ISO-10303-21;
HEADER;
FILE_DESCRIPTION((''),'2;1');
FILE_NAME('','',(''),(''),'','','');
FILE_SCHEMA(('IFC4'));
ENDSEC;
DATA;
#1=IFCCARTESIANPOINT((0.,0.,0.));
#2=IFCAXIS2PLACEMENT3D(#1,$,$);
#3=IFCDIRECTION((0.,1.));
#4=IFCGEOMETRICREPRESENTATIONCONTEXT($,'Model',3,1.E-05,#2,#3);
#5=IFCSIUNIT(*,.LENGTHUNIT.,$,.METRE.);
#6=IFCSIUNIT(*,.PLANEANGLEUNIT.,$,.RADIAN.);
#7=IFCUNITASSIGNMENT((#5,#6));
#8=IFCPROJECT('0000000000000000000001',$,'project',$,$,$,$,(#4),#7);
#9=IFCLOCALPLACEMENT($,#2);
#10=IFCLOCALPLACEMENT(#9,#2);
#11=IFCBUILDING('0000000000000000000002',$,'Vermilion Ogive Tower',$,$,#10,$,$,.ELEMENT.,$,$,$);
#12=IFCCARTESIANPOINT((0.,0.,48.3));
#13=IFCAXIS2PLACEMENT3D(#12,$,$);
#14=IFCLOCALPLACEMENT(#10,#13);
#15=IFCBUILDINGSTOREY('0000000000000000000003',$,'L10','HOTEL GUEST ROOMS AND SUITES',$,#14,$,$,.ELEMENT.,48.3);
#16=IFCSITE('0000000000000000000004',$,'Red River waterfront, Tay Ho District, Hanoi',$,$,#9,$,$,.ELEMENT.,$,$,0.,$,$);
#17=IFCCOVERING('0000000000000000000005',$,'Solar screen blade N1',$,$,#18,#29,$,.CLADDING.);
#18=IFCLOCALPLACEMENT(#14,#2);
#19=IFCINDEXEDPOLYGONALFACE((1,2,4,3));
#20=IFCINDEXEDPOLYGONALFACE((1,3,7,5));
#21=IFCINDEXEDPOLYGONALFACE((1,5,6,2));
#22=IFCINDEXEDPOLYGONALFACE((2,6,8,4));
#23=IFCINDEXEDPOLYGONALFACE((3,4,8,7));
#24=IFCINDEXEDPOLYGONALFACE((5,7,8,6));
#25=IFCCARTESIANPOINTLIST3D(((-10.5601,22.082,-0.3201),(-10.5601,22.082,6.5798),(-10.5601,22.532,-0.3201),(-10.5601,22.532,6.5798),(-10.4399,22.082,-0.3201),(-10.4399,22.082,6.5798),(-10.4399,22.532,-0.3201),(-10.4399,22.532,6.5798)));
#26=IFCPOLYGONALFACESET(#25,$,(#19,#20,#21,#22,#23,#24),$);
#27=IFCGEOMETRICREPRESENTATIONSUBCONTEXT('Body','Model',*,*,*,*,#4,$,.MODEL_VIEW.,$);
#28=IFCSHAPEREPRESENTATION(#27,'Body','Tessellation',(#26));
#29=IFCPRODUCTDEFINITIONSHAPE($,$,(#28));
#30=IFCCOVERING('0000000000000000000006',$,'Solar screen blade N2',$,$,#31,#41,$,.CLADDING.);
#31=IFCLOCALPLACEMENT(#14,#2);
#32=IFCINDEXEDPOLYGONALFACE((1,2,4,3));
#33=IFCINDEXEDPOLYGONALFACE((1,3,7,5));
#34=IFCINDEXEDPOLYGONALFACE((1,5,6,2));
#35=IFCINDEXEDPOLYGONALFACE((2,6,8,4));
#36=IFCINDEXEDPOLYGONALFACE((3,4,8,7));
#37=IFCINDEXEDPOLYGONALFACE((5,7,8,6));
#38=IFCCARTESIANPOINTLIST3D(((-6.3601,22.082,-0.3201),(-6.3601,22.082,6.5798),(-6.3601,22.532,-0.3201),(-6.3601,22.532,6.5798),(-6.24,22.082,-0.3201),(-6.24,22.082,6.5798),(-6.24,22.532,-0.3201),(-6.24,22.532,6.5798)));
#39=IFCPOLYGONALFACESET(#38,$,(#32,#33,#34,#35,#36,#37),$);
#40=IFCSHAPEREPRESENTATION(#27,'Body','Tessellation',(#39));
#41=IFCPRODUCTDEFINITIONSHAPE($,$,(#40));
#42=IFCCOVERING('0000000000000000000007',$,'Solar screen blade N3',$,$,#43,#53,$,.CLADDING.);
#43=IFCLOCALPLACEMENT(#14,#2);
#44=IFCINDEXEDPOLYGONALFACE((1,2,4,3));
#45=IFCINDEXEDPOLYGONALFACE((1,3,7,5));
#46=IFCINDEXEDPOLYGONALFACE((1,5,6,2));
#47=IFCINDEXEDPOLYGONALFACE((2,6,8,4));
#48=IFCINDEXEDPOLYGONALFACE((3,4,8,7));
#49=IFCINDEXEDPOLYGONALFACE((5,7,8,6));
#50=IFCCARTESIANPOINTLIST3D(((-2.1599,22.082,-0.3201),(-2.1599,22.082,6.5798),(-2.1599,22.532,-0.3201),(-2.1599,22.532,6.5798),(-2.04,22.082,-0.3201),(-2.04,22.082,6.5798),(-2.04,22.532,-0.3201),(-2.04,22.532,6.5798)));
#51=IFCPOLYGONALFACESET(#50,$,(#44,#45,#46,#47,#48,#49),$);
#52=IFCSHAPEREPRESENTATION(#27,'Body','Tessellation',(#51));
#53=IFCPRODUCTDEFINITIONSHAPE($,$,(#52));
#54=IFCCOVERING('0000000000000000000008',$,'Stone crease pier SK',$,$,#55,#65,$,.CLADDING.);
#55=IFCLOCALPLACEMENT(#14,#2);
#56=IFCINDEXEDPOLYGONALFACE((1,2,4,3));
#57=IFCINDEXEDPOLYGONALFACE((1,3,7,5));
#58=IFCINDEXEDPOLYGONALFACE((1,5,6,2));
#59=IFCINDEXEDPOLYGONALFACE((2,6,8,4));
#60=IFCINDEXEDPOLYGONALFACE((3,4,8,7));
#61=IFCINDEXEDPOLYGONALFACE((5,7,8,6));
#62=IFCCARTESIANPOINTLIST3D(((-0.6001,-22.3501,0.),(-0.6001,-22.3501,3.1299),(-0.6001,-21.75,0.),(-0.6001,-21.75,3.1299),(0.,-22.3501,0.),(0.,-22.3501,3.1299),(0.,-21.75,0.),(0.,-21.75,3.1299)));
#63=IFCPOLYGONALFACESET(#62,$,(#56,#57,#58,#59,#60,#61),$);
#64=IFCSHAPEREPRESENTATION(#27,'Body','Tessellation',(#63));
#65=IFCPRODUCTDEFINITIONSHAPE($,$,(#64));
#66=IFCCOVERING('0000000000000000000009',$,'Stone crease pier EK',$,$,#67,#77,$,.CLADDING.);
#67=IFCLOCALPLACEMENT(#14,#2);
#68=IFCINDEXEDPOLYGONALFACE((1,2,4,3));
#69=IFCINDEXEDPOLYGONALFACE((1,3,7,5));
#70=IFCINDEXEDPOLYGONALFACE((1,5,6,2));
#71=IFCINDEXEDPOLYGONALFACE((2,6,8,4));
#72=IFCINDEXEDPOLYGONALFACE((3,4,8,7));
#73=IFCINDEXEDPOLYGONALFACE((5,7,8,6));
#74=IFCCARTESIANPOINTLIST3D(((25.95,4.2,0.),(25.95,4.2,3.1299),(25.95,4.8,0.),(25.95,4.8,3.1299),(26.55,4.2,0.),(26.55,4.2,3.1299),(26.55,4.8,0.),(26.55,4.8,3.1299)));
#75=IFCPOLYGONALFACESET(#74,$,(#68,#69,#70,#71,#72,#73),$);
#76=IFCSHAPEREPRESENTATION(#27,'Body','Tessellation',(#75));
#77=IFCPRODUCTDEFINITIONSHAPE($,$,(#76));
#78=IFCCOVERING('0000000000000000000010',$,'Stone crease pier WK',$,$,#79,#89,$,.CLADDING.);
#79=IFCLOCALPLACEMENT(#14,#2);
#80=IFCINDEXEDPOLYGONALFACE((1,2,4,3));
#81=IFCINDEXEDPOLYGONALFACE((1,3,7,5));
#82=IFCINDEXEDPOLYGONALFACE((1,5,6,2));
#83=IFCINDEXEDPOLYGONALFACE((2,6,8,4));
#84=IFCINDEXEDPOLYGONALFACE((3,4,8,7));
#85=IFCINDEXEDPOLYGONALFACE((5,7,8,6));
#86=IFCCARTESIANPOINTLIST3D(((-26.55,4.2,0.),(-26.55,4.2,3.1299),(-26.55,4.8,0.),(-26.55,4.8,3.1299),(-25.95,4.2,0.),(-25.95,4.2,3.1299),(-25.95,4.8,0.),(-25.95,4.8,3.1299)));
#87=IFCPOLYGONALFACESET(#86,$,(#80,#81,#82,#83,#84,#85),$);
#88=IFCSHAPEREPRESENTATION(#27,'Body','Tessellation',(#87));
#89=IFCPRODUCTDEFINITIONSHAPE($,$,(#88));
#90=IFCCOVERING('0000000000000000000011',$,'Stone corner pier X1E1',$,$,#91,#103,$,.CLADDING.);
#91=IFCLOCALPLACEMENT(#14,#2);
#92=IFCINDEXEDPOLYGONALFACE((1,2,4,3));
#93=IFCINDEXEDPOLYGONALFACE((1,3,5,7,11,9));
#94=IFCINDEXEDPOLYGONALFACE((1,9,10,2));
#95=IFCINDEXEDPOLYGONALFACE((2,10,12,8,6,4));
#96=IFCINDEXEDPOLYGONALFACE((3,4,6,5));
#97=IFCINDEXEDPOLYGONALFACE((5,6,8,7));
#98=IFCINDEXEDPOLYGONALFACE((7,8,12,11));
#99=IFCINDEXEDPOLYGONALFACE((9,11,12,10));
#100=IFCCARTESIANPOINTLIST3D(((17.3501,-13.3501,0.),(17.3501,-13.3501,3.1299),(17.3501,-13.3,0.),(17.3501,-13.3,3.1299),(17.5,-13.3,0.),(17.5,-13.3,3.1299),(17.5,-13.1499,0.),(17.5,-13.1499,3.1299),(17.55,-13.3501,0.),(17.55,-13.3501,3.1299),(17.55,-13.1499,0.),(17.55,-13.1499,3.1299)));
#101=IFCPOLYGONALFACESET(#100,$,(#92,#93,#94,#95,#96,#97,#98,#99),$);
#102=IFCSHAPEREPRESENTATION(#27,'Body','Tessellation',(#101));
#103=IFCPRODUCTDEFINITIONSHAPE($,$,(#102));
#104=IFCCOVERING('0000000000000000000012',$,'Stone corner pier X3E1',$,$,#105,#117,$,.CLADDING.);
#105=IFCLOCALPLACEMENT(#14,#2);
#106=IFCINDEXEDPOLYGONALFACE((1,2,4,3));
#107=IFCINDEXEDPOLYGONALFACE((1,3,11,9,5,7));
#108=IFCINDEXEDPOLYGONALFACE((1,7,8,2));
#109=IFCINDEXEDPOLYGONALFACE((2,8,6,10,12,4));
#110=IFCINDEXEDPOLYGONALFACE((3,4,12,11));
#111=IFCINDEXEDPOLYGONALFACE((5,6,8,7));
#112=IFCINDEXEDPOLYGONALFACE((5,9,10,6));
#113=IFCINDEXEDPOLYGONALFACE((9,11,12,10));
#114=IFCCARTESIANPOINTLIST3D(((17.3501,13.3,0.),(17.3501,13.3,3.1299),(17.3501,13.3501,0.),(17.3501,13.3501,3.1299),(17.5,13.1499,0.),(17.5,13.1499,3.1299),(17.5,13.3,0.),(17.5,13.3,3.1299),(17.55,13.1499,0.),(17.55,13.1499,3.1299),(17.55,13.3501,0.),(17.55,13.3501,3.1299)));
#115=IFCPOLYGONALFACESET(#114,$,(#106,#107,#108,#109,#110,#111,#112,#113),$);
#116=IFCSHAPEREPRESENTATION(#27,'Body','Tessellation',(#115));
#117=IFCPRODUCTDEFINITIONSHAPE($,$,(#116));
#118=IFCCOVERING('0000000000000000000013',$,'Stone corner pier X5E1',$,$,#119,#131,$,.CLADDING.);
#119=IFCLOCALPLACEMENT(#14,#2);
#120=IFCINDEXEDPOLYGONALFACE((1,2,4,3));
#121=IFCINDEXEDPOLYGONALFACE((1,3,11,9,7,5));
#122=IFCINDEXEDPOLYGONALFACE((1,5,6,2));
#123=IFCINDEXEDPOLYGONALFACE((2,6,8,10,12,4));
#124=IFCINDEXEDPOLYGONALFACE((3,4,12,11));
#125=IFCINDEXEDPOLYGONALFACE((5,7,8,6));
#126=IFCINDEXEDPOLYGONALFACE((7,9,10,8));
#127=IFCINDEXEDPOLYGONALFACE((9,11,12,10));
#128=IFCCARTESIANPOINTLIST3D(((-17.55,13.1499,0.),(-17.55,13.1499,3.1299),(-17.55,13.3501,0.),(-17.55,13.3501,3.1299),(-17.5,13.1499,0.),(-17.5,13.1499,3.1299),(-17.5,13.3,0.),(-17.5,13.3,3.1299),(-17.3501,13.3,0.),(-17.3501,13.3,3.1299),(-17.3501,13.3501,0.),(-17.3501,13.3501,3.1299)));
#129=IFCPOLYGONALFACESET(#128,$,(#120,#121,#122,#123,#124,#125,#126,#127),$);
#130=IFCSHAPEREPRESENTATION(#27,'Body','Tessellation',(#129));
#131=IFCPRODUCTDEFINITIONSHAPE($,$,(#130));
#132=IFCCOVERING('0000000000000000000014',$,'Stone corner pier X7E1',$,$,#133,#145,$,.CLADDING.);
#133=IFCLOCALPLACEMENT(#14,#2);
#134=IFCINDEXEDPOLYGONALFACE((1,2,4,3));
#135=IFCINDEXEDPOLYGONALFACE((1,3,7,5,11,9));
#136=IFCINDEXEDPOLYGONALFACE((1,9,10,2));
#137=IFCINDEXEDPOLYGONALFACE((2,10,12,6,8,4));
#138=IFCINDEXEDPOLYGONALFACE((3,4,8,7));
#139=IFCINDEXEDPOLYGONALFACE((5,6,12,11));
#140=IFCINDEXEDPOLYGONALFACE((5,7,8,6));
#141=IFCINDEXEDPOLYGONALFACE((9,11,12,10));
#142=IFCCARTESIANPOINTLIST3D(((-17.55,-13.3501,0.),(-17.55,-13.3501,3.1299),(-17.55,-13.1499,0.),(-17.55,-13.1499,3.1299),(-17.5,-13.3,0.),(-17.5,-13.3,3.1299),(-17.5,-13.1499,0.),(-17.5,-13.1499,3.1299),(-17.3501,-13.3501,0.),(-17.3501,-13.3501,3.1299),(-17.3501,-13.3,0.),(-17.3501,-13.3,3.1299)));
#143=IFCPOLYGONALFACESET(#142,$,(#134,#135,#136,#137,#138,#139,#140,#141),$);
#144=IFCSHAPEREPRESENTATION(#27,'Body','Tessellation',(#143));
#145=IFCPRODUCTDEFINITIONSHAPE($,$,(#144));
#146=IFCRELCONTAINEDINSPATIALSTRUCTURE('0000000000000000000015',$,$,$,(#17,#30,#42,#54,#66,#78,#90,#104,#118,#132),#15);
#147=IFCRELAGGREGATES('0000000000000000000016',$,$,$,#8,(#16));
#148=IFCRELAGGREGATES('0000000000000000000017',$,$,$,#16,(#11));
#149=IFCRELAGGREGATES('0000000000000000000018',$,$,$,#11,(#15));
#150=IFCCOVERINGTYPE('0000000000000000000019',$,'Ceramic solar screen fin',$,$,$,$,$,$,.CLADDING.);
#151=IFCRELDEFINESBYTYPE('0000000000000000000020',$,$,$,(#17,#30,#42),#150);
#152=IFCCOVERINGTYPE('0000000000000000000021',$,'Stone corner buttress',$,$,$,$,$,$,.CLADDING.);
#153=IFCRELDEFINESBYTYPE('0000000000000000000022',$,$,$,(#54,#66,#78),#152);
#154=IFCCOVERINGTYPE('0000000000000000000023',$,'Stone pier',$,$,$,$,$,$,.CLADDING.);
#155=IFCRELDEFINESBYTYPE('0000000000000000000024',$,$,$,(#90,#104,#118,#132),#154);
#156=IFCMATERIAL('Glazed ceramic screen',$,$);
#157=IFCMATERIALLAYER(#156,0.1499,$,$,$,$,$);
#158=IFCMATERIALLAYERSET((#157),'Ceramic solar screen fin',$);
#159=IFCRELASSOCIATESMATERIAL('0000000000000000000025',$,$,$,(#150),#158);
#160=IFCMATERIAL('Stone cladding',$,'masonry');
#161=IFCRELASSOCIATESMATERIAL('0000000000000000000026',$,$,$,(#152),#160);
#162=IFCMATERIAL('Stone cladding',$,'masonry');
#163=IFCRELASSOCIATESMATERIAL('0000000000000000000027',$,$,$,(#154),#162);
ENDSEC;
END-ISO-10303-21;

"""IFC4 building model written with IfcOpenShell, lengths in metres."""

from ifc_helpers import new_model, si_unit, direction, frame, origin, place, context, subcontext, project, spatial, polyline, outline, extrude, material, layer, layer_set, type_object, element, save


model = new_model("IFC4")

# Units and contexts
model_context = context("Model", 3, precision=1e-05, world=origin(), true_north=direction((0.0, 1.0)))
body_context = subcontext(model_context, "Body", "Model", "MODEL_VIEW")
ifc_project = project(units=[si_unit("LENGTHUNIT", "METRE"), si_unit("PLANEANGLEUNIT", "RADIAN")], contexts=[model_context])

# Site, building, storey
site_placement = place(None, origin())
site = spatial("IfcSite", under=ifc_project, at=site_placement, Name="Red River waterfront, Tay Ho District, Hanoi", CompositionType="ELEMENT", RefElevation=0.0)
building_placement = place(site_placement, origin())
building = spatial("IfcBuilding", under=site, at=building_placement, Name="Vermilion Ogive Tower", CompositionType="ELEMENT")
storey_placement = place(building_placement, frame((0.0, 0.0, 48.3)))
storey = spatial("IfcBuildingStorey", under=building, at=storey_placement, Name="L10", Description="HOTEL GUEST ROOMS AND SUITES", CompositionType="ELEMENT", Elevation=48.3)

# Coverings
ifc_material_1 = material(Name="Glazed ceramic screen")
ifc_layer_1 = layer(ifc_material_1, 0.1499)
ifc_layer_set_1 = layer_set([ifc_layer_1], Name="Ceramic solar screen fin")
covering_type_1 = type_object("IfcCoveringType", Name="Ceramic solar screen fin", PredefinedType="CLADDING", material=ifc_layer_set_1)
covering_1_placement = place(storey_placement, frame((0.0, 0.0, -0.3201)))
element("IfcCovering", 1, at=covering_1_placement, inside=storey, type_object=covering_type_1, Name="Solar screen blade N1", PredefinedType="CLADDING", context=body_context, shape_type="SweptSolid", body=[
    extrude(outline(polyline([(-10.5601, 22.082), (-10.4399, 22.082), (-10.4399, 22.532), (-10.5601, 22.532), (-10.5601, 22.082)])), origin(), (0.0, 0.0, 1.0), 6.8999),
])
covering_2_placement = place(storey_placement, frame((0.0, 0.0, -0.3201)))
element("IfcCovering", 2, at=covering_2_placement, inside=storey, type_object=covering_type_1, Name="Solar screen blade N2", PredefinedType="CLADDING", context=body_context, shape_type="SweptSolid", body=[
    extrude(outline(polyline([(-6.3601, 22.082), (-6.24, 22.082), (-6.24, 22.532), (-6.3601, 22.532), (-6.3601, 22.082)])), origin(), (0.0, 0.0, 1.0), 6.8999),
])
covering_3_placement = place(storey_placement, frame((0.0, 0.0, -0.3201)))
element("IfcCovering", 3, at=covering_3_placement, inside=storey, type_object=covering_type_1, Name="Solar screen blade N3", PredefinedType="CLADDING", context=body_context, shape_type="SweptSolid", body=[
    extrude(outline(polyline([(-2.1599, 22.082), (-2.04, 22.082), (-2.04, 22.532), (-2.1599, 22.532), (-2.1599, 22.082)])), origin(), (0.0, 0.0, 1.0), 6.8999),
])
ifc_material_2 = material(Name="Stone cladding", Category="masonry")
covering_type_2 = type_object("IfcCoveringType", Name="Stone corner buttress", PredefinedType="CLADDING", material=ifc_material_2)
covering_4_placement = place(storey_placement, origin())
element("IfcCovering", 4, at=covering_4_placement, inside=storey, type_object=covering_type_2, Name="Stone crease pier SK", PredefinedType="CLADDING", context=body_context, shape_type="SweptSolid", body=[
    extrude(outline(polyline([(-0.6001, -22.3501), (0.0, -22.3501), (0.0, -21.75), (-0.6001, -21.75), (-0.6001, -22.3501)])), origin(), (0.0, 0.0, 1.0), 3.1299),
])
covering_5_placement = place(storey_placement, origin())
element("IfcCovering", 5, at=covering_5_placement, inside=storey, type_object=covering_type_2, Name="Stone crease pier EK", PredefinedType="CLADDING", context=body_context, shape_type="SweptSolid", body=[
    extrude(outline(polyline([(26.55, 4.2), (26.55, 4.8), (25.95, 4.8), (25.95, 4.2), (26.55, 4.2)])), origin(), (0.0, 0.0, 1.0), 3.1299),
])
covering_6_placement = place(storey_placement, origin())
element("IfcCovering", 6, at=covering_6_placement, inside=storey, type_object=covering_type_2, Name="Stone crease pier WK", PredefinedType="CLADDING", context=body_context, shape_type="SweptSolid", body=[
    extrude(outline(polyline([(-26.55, 4.8), (-26.55, 4.2), (-25.95, 4.2), (-25.95, 4.8), (-26.55, 4.8)])), origin(), (0.0, 0.0, 1.0), 3.1299),
])
ifc_material_3 = material(Name="Stone cladding", Category="masonry")
covering_type_3 = type_object("IfcCoveringType", Name="Stone pier", PredefinedType="CLADDING", material=ifc_material_3)
covering_7_placement = place(storey_placement, origin())
element("IfcCovering", 7, at=covering_7_placement, inside=storey, type_object=covering_type_3, Name="Stone corner pier X1E1", PredefinedType="CLADDING", context=body_context, shape_type="SweptSolid", body=[
    extrude(outline(polyline([(17.3501, -13.3), (17.5, -13.3), (17.5, -13.1499), (17.55, -13.1499), (17.55, -13.3501), (17.3501, -13.3501), (17.3501, -13.3)])), origin(), (0.0, 0.0, 1.0), 3.1299),
])
covering_8_placement = place(storey_placement, origin())
element("IfcCovering", 8, at=covering_8_placement, inside=storey, type_object=covering_type_3, Name="Stone corner pier X3E1", PredefinedType="CLADDING", context=body_context, shape_type="SweptSolid", body=[
    extrude(outline(polyline([(17.5, 13.1499), (17.5, 13.3), (17.3501, 13.3), (17.3501, 13.3501), (17.55, 13.3501), (17.55, 13.1499), (17.5, 13.1499)])), origin(), (0.0, 0.0, 1.0), 3.1299),
])
covering_9_placement = place(storey_placement, origin())
element("IfcCovering", 9, at=covering_9_placement, inside=storey, type_object=covering_type_3, Name="Stone corner pier X5E1", PredefinedType="CLADDING", context=body_context, shape_type="SweptSolid", body=[
    extrude(outline(polyline([(-17.3501, 13.3), (-17.5, 13.3), (-17.5, 13.1499), (-17.55, 13.1499), (-17.55, 13.3501), (-17.3501, 13.3501), (-17.3501, 13.3)])), origin(), (0.0, 0.0, 1.0), 3.1299),
])
covering_10_placement = place(storey_placement, origin())
element("IfcCovering", 10, at=covering_10_placement, inside=storey, type_object=covering_type_3, Name="Stone corner pier X7E1", PredefinedType="CLADDING", context=body_context, shape_type="SweptSolid", body=[
    extrude(outline(polyline([(-17.5, -13.1499), (-17.5, -13.3), (-17.3501, -13.3), (-17.3501, -13.3501), (-17.55, -13.3501), (-17.55, -13.1499), (-17.5, -13.1499)])), origin(), (0.0, 0.0, 1.0), 3.1299),
])

save(model, "model.ifc")
